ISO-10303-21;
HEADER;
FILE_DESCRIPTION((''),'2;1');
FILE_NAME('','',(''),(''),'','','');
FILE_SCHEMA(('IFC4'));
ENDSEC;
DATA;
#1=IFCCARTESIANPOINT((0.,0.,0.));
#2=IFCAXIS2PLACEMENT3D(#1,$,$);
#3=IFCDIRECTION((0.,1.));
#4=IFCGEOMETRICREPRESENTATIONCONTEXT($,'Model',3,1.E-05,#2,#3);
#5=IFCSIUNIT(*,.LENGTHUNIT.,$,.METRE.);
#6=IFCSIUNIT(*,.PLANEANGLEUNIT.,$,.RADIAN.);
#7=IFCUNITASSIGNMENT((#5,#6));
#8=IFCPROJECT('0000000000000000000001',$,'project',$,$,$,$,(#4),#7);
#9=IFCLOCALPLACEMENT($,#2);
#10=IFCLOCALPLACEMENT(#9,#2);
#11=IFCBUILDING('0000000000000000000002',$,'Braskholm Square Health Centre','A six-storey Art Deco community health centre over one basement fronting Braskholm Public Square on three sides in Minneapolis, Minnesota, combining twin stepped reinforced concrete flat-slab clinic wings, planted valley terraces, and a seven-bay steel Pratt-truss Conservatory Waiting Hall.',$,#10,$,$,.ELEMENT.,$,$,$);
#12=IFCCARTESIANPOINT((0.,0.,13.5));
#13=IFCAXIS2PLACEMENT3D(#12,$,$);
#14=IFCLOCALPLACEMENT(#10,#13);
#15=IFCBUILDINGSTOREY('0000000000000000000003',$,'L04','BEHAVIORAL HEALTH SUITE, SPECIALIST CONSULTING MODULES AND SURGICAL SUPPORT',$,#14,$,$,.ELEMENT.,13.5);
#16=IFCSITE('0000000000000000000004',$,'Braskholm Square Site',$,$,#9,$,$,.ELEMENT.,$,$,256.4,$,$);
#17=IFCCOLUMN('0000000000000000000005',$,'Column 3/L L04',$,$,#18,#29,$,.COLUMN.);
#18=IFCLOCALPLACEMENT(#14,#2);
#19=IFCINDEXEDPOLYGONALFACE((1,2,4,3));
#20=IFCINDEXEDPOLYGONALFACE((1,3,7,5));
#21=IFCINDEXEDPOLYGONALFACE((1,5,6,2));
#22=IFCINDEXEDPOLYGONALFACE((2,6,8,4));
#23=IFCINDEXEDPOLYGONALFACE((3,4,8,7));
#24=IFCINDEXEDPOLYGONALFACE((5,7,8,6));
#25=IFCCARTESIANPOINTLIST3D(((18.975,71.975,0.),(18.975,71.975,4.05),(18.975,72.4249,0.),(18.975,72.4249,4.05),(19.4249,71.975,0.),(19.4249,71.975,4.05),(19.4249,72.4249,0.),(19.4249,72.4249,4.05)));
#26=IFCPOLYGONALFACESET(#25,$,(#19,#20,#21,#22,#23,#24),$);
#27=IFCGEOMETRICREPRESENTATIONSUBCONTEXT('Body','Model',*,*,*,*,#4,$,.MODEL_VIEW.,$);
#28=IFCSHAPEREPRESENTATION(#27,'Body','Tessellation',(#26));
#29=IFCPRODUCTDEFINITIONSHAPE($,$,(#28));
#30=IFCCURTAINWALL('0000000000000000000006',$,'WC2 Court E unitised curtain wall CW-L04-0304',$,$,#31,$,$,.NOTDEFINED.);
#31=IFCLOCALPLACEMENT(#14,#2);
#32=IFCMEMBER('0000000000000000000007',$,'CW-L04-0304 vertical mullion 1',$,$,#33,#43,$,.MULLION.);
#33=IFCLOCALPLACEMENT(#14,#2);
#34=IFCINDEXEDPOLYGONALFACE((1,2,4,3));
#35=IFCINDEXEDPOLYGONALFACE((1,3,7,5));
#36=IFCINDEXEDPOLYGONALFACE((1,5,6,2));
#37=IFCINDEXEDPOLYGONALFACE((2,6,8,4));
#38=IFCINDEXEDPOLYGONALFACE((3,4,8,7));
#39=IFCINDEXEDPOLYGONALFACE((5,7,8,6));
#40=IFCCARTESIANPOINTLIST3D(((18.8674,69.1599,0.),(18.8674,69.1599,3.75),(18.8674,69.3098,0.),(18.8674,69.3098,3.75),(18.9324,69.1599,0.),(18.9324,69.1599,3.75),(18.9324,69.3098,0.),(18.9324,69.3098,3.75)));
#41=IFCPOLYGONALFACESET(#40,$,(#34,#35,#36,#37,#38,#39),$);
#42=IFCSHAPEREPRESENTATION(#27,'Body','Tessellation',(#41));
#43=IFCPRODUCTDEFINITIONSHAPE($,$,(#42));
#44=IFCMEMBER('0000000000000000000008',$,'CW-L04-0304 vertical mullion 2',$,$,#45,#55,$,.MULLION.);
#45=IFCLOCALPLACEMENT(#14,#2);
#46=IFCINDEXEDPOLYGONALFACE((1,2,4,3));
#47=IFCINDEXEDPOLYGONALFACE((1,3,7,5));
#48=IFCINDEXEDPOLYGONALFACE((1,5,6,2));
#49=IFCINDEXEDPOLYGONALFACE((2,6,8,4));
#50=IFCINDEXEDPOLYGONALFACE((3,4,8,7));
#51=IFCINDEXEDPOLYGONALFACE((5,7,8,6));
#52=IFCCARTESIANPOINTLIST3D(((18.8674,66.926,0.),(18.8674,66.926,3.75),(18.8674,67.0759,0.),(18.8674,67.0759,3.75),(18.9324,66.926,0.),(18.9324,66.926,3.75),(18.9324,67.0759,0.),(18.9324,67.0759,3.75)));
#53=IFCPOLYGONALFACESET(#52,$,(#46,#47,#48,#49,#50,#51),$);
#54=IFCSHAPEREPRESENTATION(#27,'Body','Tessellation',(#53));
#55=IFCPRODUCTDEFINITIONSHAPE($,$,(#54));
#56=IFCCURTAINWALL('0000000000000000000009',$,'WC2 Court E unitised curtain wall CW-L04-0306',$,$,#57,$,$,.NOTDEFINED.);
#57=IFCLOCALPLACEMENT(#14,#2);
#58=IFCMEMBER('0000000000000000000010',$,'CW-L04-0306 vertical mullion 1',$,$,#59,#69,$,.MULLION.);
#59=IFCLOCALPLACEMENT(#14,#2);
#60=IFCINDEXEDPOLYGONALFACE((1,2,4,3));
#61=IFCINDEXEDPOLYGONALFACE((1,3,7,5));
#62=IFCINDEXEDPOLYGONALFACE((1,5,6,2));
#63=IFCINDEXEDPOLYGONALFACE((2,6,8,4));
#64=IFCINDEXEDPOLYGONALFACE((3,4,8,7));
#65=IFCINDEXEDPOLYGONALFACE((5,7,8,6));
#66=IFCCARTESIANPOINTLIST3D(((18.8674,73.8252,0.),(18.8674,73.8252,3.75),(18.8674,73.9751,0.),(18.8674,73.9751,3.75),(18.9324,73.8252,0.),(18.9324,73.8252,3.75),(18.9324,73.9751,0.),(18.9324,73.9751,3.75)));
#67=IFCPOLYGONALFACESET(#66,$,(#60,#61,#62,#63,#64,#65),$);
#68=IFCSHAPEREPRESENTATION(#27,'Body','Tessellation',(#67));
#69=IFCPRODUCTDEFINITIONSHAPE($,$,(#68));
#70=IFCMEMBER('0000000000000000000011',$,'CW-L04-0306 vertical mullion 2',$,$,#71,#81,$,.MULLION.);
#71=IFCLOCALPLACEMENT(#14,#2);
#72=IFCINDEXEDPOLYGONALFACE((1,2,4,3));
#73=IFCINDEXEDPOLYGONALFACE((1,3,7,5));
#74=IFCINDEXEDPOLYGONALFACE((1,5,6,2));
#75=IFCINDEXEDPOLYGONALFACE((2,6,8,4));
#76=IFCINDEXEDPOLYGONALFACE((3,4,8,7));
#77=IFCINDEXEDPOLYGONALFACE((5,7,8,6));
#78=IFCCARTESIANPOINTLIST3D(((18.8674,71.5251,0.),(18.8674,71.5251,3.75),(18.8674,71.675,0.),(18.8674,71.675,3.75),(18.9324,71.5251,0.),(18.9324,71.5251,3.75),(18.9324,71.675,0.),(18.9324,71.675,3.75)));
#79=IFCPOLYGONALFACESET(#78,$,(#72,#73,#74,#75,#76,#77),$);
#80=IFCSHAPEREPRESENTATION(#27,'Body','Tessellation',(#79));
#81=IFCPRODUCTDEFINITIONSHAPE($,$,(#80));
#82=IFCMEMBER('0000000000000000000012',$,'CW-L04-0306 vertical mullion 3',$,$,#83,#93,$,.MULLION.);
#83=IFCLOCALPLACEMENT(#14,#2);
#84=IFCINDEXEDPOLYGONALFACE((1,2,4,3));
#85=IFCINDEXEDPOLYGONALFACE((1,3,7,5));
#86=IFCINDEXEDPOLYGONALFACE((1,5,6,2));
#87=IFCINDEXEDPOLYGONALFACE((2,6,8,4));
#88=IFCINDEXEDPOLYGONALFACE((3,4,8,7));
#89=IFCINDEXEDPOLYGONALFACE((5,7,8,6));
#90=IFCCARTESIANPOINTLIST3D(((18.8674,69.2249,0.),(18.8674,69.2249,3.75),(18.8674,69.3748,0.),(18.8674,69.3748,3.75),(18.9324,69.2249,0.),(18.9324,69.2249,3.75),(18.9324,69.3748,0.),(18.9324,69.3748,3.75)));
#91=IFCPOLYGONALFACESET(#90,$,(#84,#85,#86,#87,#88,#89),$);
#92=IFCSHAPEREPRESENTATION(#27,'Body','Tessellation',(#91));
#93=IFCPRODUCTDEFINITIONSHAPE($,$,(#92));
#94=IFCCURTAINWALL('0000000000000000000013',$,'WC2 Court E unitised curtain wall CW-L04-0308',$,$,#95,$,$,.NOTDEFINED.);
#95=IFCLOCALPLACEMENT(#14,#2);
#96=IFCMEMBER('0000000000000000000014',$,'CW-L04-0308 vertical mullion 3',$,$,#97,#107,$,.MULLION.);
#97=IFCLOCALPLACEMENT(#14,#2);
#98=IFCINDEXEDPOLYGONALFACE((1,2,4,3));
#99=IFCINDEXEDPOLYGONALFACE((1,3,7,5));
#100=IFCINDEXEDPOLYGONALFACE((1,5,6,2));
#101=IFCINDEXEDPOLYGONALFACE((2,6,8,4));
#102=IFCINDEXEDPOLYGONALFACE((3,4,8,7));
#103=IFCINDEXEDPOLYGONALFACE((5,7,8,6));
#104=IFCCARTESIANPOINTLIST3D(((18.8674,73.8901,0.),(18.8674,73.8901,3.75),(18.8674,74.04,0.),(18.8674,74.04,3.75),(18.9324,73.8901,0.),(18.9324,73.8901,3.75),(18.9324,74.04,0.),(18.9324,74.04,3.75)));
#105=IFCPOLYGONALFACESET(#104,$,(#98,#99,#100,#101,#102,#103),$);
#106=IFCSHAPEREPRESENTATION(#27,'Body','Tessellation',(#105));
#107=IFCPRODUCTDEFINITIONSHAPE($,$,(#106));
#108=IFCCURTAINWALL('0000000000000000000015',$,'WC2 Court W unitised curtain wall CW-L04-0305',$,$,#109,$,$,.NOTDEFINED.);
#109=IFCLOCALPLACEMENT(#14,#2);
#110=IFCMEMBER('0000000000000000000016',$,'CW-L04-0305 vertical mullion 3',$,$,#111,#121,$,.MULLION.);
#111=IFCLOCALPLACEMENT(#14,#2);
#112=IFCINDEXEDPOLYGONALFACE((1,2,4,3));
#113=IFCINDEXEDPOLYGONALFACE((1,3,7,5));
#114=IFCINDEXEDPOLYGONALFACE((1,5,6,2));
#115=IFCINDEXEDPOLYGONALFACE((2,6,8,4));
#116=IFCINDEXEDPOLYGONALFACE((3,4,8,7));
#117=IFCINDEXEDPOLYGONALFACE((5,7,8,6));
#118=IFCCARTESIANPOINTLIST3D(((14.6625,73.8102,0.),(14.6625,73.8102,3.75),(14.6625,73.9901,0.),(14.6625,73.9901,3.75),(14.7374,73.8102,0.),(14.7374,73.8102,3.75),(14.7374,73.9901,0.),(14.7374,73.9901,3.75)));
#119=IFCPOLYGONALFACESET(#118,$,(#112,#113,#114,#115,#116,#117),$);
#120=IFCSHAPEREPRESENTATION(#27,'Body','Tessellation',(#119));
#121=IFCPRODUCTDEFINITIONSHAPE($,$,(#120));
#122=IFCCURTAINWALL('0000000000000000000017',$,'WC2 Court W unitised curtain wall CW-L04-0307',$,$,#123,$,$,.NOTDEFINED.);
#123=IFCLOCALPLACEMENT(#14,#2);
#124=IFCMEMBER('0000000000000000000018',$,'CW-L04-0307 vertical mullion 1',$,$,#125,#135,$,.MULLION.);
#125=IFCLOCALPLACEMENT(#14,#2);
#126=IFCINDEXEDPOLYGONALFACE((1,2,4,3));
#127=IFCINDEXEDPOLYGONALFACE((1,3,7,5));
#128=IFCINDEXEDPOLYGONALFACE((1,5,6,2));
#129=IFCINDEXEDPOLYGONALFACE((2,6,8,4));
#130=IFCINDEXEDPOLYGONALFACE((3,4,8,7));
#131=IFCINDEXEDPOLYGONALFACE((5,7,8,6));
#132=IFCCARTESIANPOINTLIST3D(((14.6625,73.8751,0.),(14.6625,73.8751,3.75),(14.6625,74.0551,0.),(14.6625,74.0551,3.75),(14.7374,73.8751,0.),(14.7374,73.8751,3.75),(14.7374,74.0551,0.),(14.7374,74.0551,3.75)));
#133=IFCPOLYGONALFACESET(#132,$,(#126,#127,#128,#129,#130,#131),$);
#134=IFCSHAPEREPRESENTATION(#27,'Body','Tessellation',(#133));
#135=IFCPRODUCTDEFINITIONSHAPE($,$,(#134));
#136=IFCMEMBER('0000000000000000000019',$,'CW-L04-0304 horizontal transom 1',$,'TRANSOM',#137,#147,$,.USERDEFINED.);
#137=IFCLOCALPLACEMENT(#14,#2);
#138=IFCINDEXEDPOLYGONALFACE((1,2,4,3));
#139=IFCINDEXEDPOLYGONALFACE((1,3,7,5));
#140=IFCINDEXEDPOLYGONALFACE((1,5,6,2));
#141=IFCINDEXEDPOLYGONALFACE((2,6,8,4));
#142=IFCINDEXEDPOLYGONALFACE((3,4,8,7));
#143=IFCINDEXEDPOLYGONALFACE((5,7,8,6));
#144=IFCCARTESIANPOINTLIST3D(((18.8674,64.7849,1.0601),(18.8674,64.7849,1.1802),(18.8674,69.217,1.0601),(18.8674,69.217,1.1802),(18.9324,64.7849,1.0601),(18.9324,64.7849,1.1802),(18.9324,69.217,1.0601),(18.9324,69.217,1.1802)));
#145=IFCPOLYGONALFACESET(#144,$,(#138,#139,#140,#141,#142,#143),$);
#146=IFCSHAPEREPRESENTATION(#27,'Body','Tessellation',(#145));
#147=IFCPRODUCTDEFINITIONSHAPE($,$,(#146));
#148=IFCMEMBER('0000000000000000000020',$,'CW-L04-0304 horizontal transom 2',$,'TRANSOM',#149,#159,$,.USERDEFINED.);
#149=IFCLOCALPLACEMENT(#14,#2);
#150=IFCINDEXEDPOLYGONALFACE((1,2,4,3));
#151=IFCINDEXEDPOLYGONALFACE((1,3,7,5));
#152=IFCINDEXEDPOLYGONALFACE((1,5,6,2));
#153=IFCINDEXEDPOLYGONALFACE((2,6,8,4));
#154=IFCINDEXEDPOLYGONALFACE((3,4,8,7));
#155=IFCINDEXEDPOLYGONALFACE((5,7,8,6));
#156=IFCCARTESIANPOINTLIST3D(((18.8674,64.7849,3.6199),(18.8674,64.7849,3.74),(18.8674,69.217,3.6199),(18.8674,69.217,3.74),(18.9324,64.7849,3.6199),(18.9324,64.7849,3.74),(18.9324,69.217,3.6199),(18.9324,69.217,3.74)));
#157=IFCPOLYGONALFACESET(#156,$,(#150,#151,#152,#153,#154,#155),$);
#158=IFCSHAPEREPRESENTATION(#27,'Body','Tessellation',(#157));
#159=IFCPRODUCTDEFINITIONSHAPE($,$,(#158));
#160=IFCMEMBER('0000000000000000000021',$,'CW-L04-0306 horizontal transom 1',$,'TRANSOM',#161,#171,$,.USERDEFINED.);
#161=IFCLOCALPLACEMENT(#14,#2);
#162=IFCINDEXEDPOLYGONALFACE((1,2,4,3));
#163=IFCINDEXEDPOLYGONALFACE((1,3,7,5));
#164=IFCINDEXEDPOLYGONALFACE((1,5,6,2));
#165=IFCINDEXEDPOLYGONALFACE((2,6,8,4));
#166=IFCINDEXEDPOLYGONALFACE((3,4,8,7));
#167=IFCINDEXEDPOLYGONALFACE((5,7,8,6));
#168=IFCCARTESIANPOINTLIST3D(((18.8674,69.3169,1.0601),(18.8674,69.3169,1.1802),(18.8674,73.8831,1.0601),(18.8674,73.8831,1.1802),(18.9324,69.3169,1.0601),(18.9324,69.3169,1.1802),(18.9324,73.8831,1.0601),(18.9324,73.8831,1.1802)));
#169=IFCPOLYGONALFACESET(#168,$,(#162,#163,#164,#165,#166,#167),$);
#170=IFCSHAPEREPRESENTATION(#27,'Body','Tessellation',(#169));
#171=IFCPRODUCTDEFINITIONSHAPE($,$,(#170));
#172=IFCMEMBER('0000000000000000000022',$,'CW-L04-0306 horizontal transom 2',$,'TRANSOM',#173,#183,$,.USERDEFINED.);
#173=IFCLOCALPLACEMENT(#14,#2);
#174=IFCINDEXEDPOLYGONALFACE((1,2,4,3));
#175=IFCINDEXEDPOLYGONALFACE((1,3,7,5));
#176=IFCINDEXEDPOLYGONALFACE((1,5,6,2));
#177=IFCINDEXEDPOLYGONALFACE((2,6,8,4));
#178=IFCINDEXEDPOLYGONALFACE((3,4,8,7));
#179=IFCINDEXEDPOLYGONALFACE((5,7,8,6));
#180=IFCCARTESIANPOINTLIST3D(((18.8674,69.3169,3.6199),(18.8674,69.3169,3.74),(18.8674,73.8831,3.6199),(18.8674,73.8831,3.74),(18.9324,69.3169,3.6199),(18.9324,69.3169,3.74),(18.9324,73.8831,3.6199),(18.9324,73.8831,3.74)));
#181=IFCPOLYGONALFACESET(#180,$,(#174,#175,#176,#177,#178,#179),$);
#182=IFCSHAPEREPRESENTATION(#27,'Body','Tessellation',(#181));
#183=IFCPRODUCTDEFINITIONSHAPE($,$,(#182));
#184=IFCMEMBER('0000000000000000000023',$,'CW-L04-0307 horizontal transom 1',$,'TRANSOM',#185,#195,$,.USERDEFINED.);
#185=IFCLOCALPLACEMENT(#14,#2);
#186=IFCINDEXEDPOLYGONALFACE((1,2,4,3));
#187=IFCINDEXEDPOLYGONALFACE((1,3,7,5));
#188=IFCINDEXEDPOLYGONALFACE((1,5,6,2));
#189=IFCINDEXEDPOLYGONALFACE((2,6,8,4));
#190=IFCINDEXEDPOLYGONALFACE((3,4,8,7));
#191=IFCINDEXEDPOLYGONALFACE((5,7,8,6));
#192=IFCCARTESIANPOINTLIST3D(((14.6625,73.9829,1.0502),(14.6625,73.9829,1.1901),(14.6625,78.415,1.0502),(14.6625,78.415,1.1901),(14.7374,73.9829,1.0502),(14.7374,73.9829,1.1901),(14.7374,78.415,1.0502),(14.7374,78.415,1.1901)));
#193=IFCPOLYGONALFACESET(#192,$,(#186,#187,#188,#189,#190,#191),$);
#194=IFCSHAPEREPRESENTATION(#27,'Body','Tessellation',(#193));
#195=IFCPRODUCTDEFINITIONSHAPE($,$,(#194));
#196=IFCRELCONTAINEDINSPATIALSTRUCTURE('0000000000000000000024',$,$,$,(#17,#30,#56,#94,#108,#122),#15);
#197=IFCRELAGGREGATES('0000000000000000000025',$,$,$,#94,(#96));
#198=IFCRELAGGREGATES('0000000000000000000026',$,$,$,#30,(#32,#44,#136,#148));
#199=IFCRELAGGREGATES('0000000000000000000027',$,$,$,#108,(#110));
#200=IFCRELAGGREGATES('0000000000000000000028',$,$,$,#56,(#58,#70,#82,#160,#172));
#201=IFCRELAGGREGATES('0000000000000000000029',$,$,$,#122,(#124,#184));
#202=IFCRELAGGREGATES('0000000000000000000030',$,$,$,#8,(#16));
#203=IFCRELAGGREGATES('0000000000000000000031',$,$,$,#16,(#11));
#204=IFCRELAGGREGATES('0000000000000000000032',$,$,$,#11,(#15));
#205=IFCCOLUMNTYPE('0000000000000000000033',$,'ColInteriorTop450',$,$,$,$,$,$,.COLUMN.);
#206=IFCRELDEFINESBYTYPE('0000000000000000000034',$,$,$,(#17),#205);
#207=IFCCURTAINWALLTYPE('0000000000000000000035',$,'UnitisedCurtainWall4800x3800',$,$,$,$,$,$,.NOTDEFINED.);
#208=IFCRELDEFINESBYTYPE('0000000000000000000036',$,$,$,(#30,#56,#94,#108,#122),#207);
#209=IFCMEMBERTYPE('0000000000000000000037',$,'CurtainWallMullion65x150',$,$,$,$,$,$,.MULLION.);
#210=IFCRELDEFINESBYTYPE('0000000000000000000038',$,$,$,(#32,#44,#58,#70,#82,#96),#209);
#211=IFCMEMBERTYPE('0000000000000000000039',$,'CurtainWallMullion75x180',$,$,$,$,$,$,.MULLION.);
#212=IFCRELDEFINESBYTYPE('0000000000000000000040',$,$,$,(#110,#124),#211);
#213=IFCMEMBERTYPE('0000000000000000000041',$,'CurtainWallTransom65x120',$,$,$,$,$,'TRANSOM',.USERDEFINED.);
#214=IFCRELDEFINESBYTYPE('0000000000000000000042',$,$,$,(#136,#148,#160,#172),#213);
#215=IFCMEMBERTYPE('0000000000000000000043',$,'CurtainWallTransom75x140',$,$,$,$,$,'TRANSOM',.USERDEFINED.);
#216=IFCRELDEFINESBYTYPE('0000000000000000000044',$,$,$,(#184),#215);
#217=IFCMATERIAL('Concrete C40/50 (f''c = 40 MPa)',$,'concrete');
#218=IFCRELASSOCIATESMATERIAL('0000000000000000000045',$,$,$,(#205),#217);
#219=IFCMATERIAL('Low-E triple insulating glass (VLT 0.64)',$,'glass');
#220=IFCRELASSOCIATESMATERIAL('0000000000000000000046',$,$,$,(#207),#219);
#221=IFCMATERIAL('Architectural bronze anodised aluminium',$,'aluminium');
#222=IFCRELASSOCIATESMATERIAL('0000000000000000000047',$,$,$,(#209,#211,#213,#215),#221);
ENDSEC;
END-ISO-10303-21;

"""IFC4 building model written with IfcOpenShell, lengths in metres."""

from ifc_helpers import new_model, si_unit, direction, frame, origin, origin_2d, place, context, subcontext, project, spatial, rectangle, extrude, material, material_profile, profile_set, type_object, element, aggregate, save


model = new_model("IFC4")

# Units and contexts
model_context = context("Model", 3, precision=1e-05, world=origin(), true_north=direction((0.0, 1.0)))
body_context = subcontext(model_context, "Body", "Model", "MODEL_VIEW")
ifc_project = project(units=[si_unit("LENGTHUNIT", "METRE"), si_unit("PLANEANGLEUNIT", "RADIAN")], contexts=[model_context])

# Site, building, storey
site_placement = place(None, origin())
site = spatial("IfcSite", under=ifc_project, at=site_placement, Name="Braskholm Square Site", CompositionType="ELEMENT", RefElevation=256.4)
building_placement = place(site_placement, origin())
building = spatial("IfcBuilding", under=site, at=building_placement, Name="Braskholm Square Health Centre", Description="A six-storey Art Deco community health centre over one basement fronting Braskholm Public Square on three sides in Minneapolis, Minnesota, combining twin stepped reinforced concrete flat-slab clinic wings, planted valley terraces, and a seven-bay steel Pratt-truss Conservatory Waiting Hall.", CompositionType="ELEMENT")
storey_placement = place(building_placement, frame((0.0, 0.0, 13.5)))
storey = spatial("IfcBuildingStorey", under=building, at=storey_placement, Name="L04", Description="BEHAVIORAL HEALTH SUITE, SPECIALIST CONSULTING MODULES AND SURGICAL SUPPORT", CompositionType="ELEMENT", Elevation=13.5)

# Column
ifc_material_1 = material(Name="Concrete C40/50 (f'c = 40 MPa)", Category="concrete")
ifc_material_profile_1 = material_profile(ifc_material_1, rectangle(XDim=0.45, YDim=0.45, at=origin_2d()), Name="RC-450X450")
ifc_profile_set_1 = profile_set([ifc_material_profile_1], Name="Concrete C40/50 (f'c = 40 MPa)")
column_type = type_object("IfcColumnType", Name="ColInteriorTop450", PredefinedType="COLUMN", material=ifc_profile_set_1)
column_placement = place(storey_placement, frame((19.2, 72.2, 0.0), z_axis=(0.0, 0.0, 1.0), x_axis=(1.0, 0.0, 0.0)))
element("IfcColumn", 1, at=column_placement, inside=storey, type_object=column_type, Name="Column 3/L L04", PredefinedType="COLUMN", context=body_context, shape_type="SweptSolid", body=[
    extrude(rectangle(XDim=0.45, YDim=0.45, at=origin_2d()), origin(), (0.0, 0.0, 1.0), 4.05),
])

# Curtain walls, members
ifc_material_2 = material(Name="Low-E triple insulating glass (VLT 0.64)", Category="glass")
curtain_wall_type = type_object("IfcCurtainWallType", Name="UnitisedCurtainWall4800x3800", PredefinedType="NOTDEFINED", material=ifc_material_2)
curtain_wall_1_placement = place(storey_placement, origin())
curtain_wall_1 = element("IfcCurtainWall", 2, at=curtain_wall_1_placement, inside=storey, type_object=curtain_wall_type, Name="WC2 Court E unitised curtain wall CW-L04-0304", PredefinedType="NOTDEFINED")
ifc_material_3 = material(Name="Architectural bronze anodised aluminium", Category="aluminium")
ifc_material_profile_2 = material_profile(ifc_material_3, rectangle(XDim=0.0649, YDim=0.1499, at=origin_2d()), Name="ALU-65X150")
ifc_profile_set_2 = profile_set([ifc_material_profile_2], Name="Architectural bronze anodised aluminium")
member_type_1 = type_object("IfcMemberType", Name="CurtainWallMullion65x150", PredefinedType="MULLION", material=ifc_profile_set_2)
member_1_placement = place(storey_placement, frame((18.8999, 69.2349, 0.0), z_axis=(0.0, 0.0, 1.0), x_axis=(1.0, 0.0, 0.0)))
member_1 = element("IfcMember", 3, at=member_1_placement, type_object=member_type_1, Name="CW-L04-0304 vertical mullion 1", PredefinedType="MULLION", context=body_context, shape_type="SweptSolid", body=[
    extrude(rectangle(XDim=0.0649, YDim=0.1499, at=origin_2d()), origin(), (0.0, 0.0, 1.0), 3.75),
])
member_2_placement = place(storey_placement, frame((18.8999, 67.001, 0.0), z_axis=(0.0, 0.0, 1.0), x_axis=(1.0, 0.0, 0.0)))
member_2 = element("IfcMember", 4, at=member_2_placement, type_object=member_type_1, Name="CW-L04-0304 vertical mullion 2", PredefinedType="MULLION", context=body_context, shape_type="SweptSolid", body=[
    extrude(rectangle(XDim=0.0649, YDim=0.1499, at=origin_2d()), origin(), (0.0, 0.0, 1.0), 3.75),
])
curtain_wall_2_placement = place(storey_placement, origin())
curtain_wall_2 = element("IfcCurtainWall", 5, at=curtain_wall_2_placement, inside=storey, type_object=curtain_wall_type, Name="WC2 Court E unitised curtain wall CW-L04-0306", PredefinedType="NOTDEFINED")
member_3_placement = place(storey_placement, frame((18.8999, 73.9001, 0.0), z_axis=(0.0, 0.0, 1.0), x_axis=(1.0, 0.0, 0.0)))
member_3 = element("IfcMember", 6, at=member_3_placement, type_object=member_type_1, Name="CW-L04-0306 vertical mullion 1", PredefinedType="MULLION", context=body_context, shape_type="SweptSolid", body=[
    extrude(rectangle(XDim=0.0649, YDim=0.1499, at=origin_2d()), origin(), (0.0, 0.0, 1.0), 3.75),
])
member_4_placement = place(storey_placement, frame((18.8999, 71.6001, 0.0), z_axis=(0.0, 0.0, 1.0), x_axis=(1.0, 0.0, 0.0)))
member_4 = element("IfcMember", 7, at=member_4_placement, type_object=member_type_1, Name="CW-L04-0306 vertical mullion 2", PredefinedType="MULLION", context=body_context, shape_type="SweptSolid", body=[
    extrude(rectangle(XDim=0.0649, YDim=0.1499, at=origin_2d()), origin(), (0.0, 0.0, 1.0), 3.75),
])
member_5_placement = place(storey_placement, frame((18.8999, 69.2998, 0.0), z_axis=(0.0, 0.0, 1.0), x_axis=(1.0, 0.0, 0.0)))
member_5 = element("IfcMember", 8, at=member_5_placement, type_object=member_type_1, Name="CW-L04-0306 vertical mullion 3", PredefinedType="MULLION", context=body_context, shape_type="SweptSolid", body=[
    extrude(rectangle(XDim=0.0649, YDim=0.1499, at=origin_2d()), origin(), (0.0, 0.0, 1.0), 3.75),
])

# Curtain walls, members
curtain_wall_3_placement = place(storey_placement, origin())
curtain_wall_3 = element("IfcCurtainWall", 9, at=curtain_wall_3_placement, inside=storey, type_object=curtain_wall_type, Name="WC2 Court E unitised curtain wall CW-L04-0308", PredefinedType="NOTDEFINED")
member_6_placement = place(storey_placement, frame((18.8999, 73.9651, 0.0), z_axis=(0.0, 0.0, 1.0), x_axis=(1.0, 0.0, 0.0)))
member_6 = element("IfcMember", 10, at=member_6_placement, type_object=member_type_1, Name="CW-L04-0308 vertical mullion 3", PredefinedType="MULLION", context=body_context, shape_type="SweptSolid", body=[
    extrude(rectangle(XDim=0.0649, YDim=0.1499, at=origin_2d()), origin(), (0.0, 0.0, 1.0), 3.75),
])
curtain_wall_4_placement = place(storey_placement, origin())
curtain_wall_4 = element("IfcCurtainWall", 11, at=curtain_wall_4_placement, inside=storey, type_object=curtain_wall_type, Name="WC2 Court W unitised curtain wall CW-L04-0305", PredefinedType="NOTDEFINED")
ifc_material_profile_3 = material_profile(ifc_material_3, rectangle(XDim=0.075, YDim=0.1799, at=origin_2d()), Name="ALU-75X180")
ifc_profile_set_3 = profile_set([ifc_material_profile_3], Name="Architectural bronze anodised aluminium")
member_type_2 = type_object("IfcMemberType", Name="CurtainWallMullion75x180", PredefinedType="MULLION", material=ifc_profile_set_3)
member_7_placement = place(storey_placement, frame((14.7, 73.9001, 0.0), z_axis=(0.0, 0.0, 1.0), x_axis=(1.0, 0.0, 0.0)))
member_7 = element("IfcMember", 12, at=member_7_placement, type_object=member_type_2, Name="CW-L04-0305 vertical mullion 3", PredefinedType="MULLION", context=body_context, shape_type="SweptSolid", body=[
    extrude(rectangle(XDim=0.075, YDim=0.1799, at=origin_2d()), origin(), (0.0, 0.0, 1.0), 3.75),
])
curtain_wall_5_placement = place(storey_placement, origin())
curtain_wall_5 = element("IfcCurtainWall", 13, at=curtain_wall_5_placement, inside=storey, type_object=curtain_wall_type, Name="WC2 Court W unitised curtain wall CW-L04-0307", PredefinedType="NOTDEFINED")
member_8_placement = place(storey_placement, frame((14.7, 73.9651, 0.0), z_axis=(0.0, 0.0, 1.0), x_axis=(1.0, 0.0, 0.0)))
member_8 = element("IfcMember", 14, at=member_8_placement, type_object=member_type_2, Name="CW-L04-0307 vertical mullion 1", PredefinedType="MULLION", context=body_context, shape_type="SweptSolid", body=[
    extrude(rectangle(XDim=0.075, YDim=0.1799, at=origin_2d()), origin(), (0.0, 0.0, 1.0), 3.75),
])

# Members
ifc_material_profile_4 = material_profile(ifc_material_3, rectangle(XDim=0.0649, YDim=0.1201, at=origin_2d()), Name="ALU-65X120")
ifc_profile_set_4 = profile_set([ifc_material_profile_4], Name="Architectural bronze anodised aluminium")
member_type_3 = type_object("IfcMemberType", Name="CurtainWallTransom65x120", ElementType="TRANSOM", PredefinedType="USERDEFINED", material=ifc_profile_set_4)
member_9_placement = place(storey_placement, frame((18.8999, 69.217, 1.1201), z_axis=(0.0, -1.0, 0.0), x_axis=(1.0, 0.0, 0.0)))
member_9 = element("IfcMember", 15, at=member_9_placement, type_object=member_type_3, Name="CW-L04-0304 horizontal transom 1", ObjectType="TRANSOM", PredefinedType="USERDEFINED", context=body_context, shape_type="SweptSolid", body=[
    extrude(rectangle(XDim=0.0649, YDim=0.1201, at=origin_2d()), origin(), (0.0, 0.0, 1.0), 4.4321),
])
member_10_placement = place(storey_placement, frame((18.8999, 69.217, 3.6799), z_axis=(0.0, -1.0, 0.0), x_axis=(1.0, 0.0, 0.0)))
member_10 = element("IfcMember", 16, at=member_10_placement, type_object=member_type_3, Name="CW-L04-0304 horizontal transom 2", ObjectType="TRANSOM", PredefinedType="USERDEFINED", context=body_context, shape_type="SweptSolid", body=[
    extrude(rectangle(XDim=0.0649, YDim=0.1201, at=origin_2d()), origin(), (0.0, 0.0, 1.0), 4.4321),
])
member_11_placement = place(storey_placement, frame((18.8999, 73.8831, 1.1201), z_axis=(0.0, -1.0, 0.0), x_axis=(1.0, 0.0, 0.0)))
member_11 = element("IfcMember", 17, at=member_11_placement, type_object=member_type_3, Name="CW-L04-0306 horizontal transom 1", ObjectType="TRANSOM", PredefinedType="USERDEFINED", context=body_context, shape_type="SweptSolid", body=[
    extrude(rectangle(XDim=0.0649, YDim=0.1201, at=origin_2d()), origin(), (0.0, 0.0, 1.0), 4.5662),
])
member_12_placement = place(storey_placement, frame((18.8999, 73.8831, 3.6799), z_axis=(0.0, -1.0, 0.0), x_axis=(1.0, 0.0, 0.0)))
member_12 = element("IfcMember", 18, at=member_12_placement, type_object=member_type_3, Name="CW-L04-0306 horizontal transom 2", ObjectType="TRANSOM", PredefinedType="USERDEFINED", context=body_context, shape_type="SweptSolid", body=[
    extrude(rectangle(XDim=0.0649, YDim=0.1201, at=origin_2d()), origin(), (0.0, 0.0, 1.0), 4.5662),
])
ifc_material_profile_5 = material_profile(ifc_material_3, rectangle(XDim=0.075, YDim=0.1399, at=origin_2d()), Name="ALU-75X140")
ifc_profile_set_5 = profile_set([ifc_material_profile_5], Name="Architectural bronze anodised aluminium")
member_type_4 = type_object("IfcMemberType", Name="CurtainWallTransom75x140", ElementType="TRANSOM", PredefinedType="USERDEFINED", material=ifc_profile_set_5)
member_13_placement = place(storey_placement, frame((14.7, 73.9829, 1.1201), z_axis=(0.0, 1.0, 0.0), x_axis=(-1.0, 0.0, 0.0)))
member_13 = element("IfcMember", 19, at=member_13_placement, type_object=member_type_4, Name="CW-L04-0307 horizontal transom 1", ObjectType="TRANSOM", PredefinedType="USERDEFINED", context=body_context, shape_type="SweptSolid", body=[
    extrude(rectangle(XDim=0.075, YDim=0.1399, at=origin_2d()), origin(), (0.0, 0.0, 1.0), 4.4321),
])

aggregate(curtain_wall_3, [member_6])
aggregate(curtain_wall_1, [member_1, member_2, member_9, member_10])
aggregate(curtain_wall_4, [member_7])
aggregate(curtain_wall_2, [member_3, member_4, member_5, member_11, member_12])
aggregate(curtain_wall_5, [member_8, member_13])

save(model, "model.ifc")
